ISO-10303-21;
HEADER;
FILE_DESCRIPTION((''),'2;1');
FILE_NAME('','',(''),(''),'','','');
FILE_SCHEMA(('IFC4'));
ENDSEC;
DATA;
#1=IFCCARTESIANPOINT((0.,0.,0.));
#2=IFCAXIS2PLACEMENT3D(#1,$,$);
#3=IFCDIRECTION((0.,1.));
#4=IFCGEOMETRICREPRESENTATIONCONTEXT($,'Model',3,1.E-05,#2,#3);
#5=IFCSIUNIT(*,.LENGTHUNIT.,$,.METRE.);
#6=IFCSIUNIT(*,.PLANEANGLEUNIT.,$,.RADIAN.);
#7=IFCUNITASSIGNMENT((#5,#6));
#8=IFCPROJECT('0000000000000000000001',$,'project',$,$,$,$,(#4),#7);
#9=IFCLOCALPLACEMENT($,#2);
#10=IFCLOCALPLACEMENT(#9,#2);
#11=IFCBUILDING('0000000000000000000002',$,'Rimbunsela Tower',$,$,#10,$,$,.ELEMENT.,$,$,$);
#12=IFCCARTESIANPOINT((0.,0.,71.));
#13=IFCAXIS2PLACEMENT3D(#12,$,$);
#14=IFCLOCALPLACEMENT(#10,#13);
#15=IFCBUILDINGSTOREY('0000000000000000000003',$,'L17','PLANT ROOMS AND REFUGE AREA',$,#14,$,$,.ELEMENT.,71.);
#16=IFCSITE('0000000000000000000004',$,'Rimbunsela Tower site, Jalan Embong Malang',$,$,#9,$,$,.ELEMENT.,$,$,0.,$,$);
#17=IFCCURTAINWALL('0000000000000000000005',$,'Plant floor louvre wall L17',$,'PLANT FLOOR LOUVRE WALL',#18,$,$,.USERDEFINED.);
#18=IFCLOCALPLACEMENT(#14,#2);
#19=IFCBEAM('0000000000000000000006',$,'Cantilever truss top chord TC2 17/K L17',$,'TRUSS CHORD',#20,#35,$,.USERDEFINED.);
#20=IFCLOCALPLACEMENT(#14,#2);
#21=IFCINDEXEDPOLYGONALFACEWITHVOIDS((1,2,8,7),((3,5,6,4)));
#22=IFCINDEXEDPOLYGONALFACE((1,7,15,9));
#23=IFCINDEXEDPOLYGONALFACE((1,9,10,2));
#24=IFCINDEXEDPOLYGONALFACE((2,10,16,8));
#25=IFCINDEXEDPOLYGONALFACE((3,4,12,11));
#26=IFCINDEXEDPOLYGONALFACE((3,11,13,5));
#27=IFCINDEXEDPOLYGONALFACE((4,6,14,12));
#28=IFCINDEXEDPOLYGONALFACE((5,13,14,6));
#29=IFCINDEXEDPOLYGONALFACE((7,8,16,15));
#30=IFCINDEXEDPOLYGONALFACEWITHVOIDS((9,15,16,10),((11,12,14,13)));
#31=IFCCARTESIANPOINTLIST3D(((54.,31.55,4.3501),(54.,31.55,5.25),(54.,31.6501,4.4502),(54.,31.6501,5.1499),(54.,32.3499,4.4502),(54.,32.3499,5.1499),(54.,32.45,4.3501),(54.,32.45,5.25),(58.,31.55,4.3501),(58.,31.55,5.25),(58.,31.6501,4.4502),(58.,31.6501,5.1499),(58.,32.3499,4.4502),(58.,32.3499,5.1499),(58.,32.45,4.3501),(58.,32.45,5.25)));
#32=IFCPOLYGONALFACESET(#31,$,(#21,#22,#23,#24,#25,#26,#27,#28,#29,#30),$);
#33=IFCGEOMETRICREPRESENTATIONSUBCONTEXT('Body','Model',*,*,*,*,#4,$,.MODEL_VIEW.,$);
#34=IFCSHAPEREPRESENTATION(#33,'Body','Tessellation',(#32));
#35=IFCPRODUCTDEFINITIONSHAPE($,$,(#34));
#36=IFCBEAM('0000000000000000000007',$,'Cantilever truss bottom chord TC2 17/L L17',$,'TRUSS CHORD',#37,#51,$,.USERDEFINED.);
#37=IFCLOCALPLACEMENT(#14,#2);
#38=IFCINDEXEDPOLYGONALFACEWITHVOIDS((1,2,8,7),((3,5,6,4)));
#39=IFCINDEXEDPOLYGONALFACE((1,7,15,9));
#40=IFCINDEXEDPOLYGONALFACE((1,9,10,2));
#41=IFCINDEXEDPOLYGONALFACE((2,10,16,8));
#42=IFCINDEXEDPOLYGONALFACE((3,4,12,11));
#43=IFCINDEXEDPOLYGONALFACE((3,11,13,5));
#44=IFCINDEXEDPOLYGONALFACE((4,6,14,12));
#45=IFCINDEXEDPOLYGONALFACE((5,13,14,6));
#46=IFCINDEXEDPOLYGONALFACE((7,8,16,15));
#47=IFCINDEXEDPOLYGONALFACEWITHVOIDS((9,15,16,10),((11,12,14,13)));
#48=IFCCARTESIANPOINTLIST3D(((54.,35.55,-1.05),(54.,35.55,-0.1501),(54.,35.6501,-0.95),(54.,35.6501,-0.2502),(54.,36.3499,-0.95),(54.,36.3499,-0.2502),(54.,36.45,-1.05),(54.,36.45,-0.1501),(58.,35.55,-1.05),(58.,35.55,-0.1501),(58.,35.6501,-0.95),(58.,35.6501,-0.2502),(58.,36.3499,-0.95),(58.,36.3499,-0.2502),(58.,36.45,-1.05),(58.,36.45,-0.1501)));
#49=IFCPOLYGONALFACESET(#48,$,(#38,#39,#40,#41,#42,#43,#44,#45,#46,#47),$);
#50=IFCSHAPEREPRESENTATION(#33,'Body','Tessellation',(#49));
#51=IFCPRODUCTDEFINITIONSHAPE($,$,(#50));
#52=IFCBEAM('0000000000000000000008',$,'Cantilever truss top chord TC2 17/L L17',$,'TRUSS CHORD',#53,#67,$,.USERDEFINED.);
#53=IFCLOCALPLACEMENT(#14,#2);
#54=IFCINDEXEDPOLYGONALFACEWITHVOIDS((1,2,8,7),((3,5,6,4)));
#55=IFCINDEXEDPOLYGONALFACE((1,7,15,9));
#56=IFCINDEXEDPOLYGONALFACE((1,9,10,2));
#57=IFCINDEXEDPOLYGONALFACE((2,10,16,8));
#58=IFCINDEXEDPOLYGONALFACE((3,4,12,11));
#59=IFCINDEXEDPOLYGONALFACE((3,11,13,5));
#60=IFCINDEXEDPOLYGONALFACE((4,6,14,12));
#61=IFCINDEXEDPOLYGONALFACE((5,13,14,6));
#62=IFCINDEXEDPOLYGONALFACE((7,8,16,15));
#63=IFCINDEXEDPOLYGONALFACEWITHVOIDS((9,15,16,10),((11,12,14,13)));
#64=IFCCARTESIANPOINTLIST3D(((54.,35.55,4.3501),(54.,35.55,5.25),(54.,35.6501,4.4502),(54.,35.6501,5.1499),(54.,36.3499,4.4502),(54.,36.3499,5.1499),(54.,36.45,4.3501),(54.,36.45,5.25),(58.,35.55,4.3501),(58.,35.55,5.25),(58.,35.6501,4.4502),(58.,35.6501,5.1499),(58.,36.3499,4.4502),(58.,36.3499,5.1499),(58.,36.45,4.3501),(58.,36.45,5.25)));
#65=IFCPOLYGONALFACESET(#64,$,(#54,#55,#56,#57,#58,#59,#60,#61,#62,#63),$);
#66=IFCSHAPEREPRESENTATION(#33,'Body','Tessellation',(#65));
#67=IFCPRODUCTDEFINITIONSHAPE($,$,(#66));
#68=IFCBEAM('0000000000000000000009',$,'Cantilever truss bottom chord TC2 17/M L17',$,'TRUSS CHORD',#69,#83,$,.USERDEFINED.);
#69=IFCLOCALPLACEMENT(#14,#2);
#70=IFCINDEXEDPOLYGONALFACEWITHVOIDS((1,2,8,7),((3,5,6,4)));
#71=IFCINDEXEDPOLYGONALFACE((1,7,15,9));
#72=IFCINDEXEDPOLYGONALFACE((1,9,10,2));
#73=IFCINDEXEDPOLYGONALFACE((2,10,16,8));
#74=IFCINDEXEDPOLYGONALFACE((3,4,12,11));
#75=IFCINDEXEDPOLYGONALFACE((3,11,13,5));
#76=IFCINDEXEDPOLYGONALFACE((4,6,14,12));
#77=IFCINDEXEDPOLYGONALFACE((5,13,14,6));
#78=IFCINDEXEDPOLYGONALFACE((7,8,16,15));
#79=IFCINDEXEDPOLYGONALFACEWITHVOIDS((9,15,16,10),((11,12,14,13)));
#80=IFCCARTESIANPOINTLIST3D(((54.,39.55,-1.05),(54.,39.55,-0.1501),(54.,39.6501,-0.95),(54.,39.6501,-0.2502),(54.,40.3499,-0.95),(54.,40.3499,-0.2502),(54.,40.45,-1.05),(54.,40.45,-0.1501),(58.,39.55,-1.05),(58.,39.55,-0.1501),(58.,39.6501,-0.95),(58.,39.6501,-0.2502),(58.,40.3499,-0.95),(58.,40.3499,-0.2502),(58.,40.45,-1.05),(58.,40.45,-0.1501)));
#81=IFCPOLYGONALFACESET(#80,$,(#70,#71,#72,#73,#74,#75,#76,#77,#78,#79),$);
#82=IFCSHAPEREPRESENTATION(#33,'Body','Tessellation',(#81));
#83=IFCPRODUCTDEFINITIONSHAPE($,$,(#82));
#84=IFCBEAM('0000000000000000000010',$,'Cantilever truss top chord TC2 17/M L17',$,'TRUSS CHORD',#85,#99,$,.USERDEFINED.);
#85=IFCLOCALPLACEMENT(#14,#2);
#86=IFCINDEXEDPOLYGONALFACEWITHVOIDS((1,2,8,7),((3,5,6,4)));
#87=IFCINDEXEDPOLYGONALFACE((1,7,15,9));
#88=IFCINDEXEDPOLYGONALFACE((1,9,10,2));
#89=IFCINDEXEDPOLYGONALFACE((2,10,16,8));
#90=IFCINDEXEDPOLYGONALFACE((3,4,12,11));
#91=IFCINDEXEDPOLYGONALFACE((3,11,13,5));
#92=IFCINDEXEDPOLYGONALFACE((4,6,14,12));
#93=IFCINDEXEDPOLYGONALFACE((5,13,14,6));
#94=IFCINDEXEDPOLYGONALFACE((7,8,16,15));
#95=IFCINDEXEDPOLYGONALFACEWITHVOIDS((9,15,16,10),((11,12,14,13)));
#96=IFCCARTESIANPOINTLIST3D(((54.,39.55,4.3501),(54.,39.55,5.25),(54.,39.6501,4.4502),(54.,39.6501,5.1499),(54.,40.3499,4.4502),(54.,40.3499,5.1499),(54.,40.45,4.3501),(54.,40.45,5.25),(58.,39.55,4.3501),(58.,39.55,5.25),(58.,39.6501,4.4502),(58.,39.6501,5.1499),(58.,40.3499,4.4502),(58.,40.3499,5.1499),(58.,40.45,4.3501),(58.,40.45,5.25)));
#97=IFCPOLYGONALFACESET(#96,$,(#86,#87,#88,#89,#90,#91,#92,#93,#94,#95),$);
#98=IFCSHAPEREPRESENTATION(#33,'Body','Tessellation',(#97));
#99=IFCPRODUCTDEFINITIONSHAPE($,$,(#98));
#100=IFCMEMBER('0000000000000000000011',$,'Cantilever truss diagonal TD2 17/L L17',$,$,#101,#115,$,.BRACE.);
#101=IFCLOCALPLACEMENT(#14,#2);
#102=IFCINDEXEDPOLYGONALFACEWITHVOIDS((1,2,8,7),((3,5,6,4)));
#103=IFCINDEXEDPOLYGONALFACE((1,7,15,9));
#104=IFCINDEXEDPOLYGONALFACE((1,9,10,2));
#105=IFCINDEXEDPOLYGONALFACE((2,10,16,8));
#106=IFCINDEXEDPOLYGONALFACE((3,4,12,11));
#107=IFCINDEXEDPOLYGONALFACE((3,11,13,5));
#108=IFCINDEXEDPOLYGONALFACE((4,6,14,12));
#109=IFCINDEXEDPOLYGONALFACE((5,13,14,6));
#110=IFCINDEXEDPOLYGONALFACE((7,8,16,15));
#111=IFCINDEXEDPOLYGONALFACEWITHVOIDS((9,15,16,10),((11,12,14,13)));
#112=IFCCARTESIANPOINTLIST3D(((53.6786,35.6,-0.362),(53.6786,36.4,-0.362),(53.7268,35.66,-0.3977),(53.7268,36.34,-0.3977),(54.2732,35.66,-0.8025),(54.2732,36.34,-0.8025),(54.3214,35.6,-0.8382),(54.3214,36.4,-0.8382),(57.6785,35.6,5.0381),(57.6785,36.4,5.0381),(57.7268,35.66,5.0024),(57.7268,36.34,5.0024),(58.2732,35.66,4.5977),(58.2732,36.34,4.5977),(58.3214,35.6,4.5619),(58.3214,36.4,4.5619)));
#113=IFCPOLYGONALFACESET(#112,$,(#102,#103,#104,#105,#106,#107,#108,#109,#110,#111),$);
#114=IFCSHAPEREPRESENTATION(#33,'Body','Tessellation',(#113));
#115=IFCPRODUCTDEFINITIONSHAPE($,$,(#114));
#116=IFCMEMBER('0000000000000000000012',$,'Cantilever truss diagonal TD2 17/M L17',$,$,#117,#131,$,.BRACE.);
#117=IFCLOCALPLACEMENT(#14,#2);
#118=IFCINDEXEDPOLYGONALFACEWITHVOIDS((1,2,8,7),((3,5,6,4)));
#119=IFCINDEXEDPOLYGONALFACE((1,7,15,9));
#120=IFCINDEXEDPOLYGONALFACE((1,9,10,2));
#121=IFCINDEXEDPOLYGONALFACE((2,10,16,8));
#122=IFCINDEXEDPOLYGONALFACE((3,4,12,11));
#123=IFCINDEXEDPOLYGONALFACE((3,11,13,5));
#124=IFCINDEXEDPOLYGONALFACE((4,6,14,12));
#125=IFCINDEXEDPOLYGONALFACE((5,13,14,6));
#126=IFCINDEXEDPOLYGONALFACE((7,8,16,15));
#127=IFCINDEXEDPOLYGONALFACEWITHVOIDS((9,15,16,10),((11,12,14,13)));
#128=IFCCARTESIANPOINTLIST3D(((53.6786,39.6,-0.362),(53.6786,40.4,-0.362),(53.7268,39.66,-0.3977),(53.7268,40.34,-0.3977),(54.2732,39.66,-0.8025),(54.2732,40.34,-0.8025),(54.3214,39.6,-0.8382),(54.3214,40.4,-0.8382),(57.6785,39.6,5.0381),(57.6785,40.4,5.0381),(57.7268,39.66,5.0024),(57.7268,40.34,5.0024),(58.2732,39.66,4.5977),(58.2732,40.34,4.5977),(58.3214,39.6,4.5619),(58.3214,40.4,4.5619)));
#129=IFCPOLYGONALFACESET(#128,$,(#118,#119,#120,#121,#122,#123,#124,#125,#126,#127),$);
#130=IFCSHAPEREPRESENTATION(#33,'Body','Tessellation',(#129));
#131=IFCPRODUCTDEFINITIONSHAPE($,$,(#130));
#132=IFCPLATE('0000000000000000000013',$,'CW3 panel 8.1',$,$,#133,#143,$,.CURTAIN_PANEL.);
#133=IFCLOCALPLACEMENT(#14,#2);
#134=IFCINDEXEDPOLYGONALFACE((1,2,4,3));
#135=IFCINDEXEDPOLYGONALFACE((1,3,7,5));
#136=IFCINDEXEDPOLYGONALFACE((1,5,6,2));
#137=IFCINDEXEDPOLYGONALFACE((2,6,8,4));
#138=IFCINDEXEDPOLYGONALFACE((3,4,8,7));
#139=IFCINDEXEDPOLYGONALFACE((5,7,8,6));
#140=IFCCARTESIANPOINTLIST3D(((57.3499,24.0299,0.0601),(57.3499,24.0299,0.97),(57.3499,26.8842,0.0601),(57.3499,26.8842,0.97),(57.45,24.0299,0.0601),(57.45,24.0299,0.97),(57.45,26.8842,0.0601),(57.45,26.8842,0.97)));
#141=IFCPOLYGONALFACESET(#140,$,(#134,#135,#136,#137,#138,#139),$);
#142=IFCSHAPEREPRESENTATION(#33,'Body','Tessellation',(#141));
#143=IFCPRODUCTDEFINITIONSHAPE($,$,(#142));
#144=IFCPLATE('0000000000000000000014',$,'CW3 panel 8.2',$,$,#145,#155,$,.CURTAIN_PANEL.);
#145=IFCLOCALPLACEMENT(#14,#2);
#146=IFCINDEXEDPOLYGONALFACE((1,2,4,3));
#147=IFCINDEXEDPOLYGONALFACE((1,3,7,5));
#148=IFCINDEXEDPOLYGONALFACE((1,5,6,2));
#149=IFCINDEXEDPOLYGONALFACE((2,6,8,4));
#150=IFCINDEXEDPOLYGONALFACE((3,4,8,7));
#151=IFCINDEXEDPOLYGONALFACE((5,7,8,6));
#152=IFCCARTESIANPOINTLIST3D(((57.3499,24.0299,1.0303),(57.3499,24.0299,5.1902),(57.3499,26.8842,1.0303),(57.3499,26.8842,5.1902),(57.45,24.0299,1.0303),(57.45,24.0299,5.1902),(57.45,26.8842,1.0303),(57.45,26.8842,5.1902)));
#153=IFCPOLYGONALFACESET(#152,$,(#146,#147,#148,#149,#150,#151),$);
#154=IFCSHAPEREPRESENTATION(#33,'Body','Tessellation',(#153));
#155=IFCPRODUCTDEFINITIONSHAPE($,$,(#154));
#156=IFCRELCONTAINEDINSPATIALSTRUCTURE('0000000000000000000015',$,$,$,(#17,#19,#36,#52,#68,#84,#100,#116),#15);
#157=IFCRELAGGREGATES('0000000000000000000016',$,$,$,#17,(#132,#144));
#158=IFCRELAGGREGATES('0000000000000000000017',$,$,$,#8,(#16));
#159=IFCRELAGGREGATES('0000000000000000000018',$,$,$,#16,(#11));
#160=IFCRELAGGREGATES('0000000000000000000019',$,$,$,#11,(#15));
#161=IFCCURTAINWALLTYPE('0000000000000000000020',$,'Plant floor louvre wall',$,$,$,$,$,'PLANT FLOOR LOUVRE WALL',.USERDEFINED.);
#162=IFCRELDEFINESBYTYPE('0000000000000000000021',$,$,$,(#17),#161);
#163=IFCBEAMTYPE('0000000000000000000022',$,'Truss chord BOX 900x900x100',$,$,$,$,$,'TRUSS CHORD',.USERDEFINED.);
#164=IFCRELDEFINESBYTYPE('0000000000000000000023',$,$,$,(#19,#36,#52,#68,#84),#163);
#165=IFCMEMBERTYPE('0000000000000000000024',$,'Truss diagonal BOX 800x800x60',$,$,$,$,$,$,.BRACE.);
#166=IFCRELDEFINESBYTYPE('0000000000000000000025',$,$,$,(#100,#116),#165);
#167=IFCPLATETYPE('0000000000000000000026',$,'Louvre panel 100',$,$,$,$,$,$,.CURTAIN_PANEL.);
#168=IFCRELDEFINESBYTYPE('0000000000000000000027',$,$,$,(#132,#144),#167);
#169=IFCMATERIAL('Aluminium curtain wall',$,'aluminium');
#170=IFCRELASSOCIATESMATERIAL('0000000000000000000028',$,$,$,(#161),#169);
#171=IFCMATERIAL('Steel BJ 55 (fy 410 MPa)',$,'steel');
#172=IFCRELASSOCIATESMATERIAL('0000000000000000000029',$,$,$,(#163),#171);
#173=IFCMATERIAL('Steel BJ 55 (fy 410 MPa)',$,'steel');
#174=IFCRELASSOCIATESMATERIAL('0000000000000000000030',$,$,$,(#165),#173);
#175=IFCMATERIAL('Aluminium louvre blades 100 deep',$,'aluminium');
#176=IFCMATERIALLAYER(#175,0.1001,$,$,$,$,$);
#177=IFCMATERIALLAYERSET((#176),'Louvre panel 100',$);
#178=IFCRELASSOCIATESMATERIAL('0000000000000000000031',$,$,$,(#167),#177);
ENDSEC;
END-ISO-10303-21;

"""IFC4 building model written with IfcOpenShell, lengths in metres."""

from ifc_helpers import new_model, si_unit, direction, frame, origin, origin_2d, place, context, subcontext, project, spatial, rectangle, hollow_rectangle, extrude, material, layer, layer_set, material_profile, profile_set, type_object, element, aggregate, save


model = new_model("IFC4")

# Units and contexts
model_context = context("Model", 3, precision=1e-05, world=origin(), true_north=direction((0.0, 1.0)))
body_context = subcontext(model_context, "Body", "Model", "MODEL_VIEW")
ifc_project = project(units=[si_unit("LENGTHUNIT", "METRE"), si_unit("PLANEANGLEUNIT", "RADIAN")], contexts=[model_context])

# Site, building, storey
site_placement = place(None, origin())
site = spatial("IfcSite", under=ifc_project, at=site_placement, Name="Rimbunsela Tower site, Jalan Embong Malang", CompositionType="ELEMENT", RefElevation=0.0)
building_placement = place(site_placement, origin())
building = spatial("IfcBuilding", under=site, at=building_placement, Name="Rimbunsela Tower", CompositionType="ELEMENT")
storey_placement = place(building_placement, frame((0.0, 0.0, 71.0)))
storey = spatial("IfcBuildingStorey", under=building, at=storey_placement, Name="L17", Description="PLANT ROOMS AND REFUGE AREA", CompositionType="ELEMENT", Elevation=71.0)

# Curtain wall
ifc_material_1 = material(Name="Aluminium curtain wall", Category="aluminium")
curtain_wall_type = type_object("IfcCurtainWallType", Name="Plant floor louvre wall", ElementType="PLANT FLOOR LOUVRE WALL", PredefinedType="USERDEFINED", material=ifc_material_1)
curtain_wall_placement = place(storey_placement, origin())
curtain_wall = element("IfcCurtainWall", 1, at=curtain_wall_placement, inside=storey, type_object=curtain_wall_type, Name="Plant floor louvre wall L17", ObjectType="PLANT FLOOR LOUVRE WALL", PredefinedType="USERDEFINED")

# Beams
ifc_material_2 = material(Name="Steel BJ 55 (fy 410 MPa)", Category="steel")
ifc_material_profile_1 = material_profile(ifc_material_2, hollow_rectangle(XDim=0.8999, YDim=0.8999, WallThickness=0.1001, at=origin_2d()), Name="BOX 900x900x100")
ifc_profile_set_1 = profile_set([ifc_material_profile_1], Name="Steel BJ 55 (fy 410 MPa)")
beam_type_1 = type_object("IfcBeamType", Name="Truss chord BOX 900x900x100", ElementType="TRUSS CHORD", PredefinedType="USERDEFINED", material=ifc_profile_set_1)
for number, where, z_axis, x_axis, name in (
    (2, (54.0, 32.0, 4.8), (1.0, 0.0, 0.0), (0.0, 1.0, 0.0), "Cantilever truss top chord TC2 17/K L17"),
    (3, (54.0, 36.0, -0.6001), (1.0, 0.0, 0.0), (0.0, 1.0, 0.0), "Cantilever truss bottom chord TC2 17/L L17"),
    (4, (54.0, 36.0, 4.8), (1.0, 0.0, 0.0), (0.0, 1.0, 0.0), "Cantilever truss top chord TC2 17/L L17"),
    (5, (54.0, 40.0, -0.6001), (1.0, 0.0, 0.0), (0.0, 1.0, 0.0), "Cantilever truss bottom chord TC2 17/M L17"),
    (6, (54.0, 40.0, 4.8), (1.0, 0.0, 0.0), (0.0, 1.0, 0.0), "Cantilever truss top chord TC2 17/M L17"),
):
    element("IfcBeam", number, at=place(storey_placement, frame(where, z_axis=z_axis, x_axis=x_axis)), inside=storey, type_object=beam_type_1, Name=name, ObjectType="TRUSS CHORD", PredefinedType="USERDEFINED", context=body_context, shape_type="SweptSolid", body=[
        extrude(hollow_rectangle(XDim=0.8999, YDim=0.8999, WallThickness=0.1001, at=origin_2d()), origin(), (0.0, 0.0, 1.0), 4.0),
    ])

# Members
ifc_material_3 = material(Name="Steel BJ 55 (fy 410 MPa)", Category="steel")
ifc_material_profile_2 = material_profile(ifc_material_3, hollow_rectangle(XDim=0.8, YDim=0.8, WallThickness=0.0601, at=origin_2d()), Name="BOX 800x800x60")
ifc_profile_set_2 = profile_set([ifc_material_profile_2], Name="Steel BJ 55 (fy 410 MPa)")
member_type_1 = type_object("IfcMemberType", Name="Truss diagonal BOX 800x800x60", PredefinedType="BRACE", material=ifc_profile_set_2)
for number, where, z_axis, x_axis, name in (
    (7, (54.0, 36.0, -0.6001), (0.595217, 0.0, 0.803565), (0.0, 1.0, 0.0), "Cantilever truss diagonal TD2 17/L L17"),
    (8, (54.0, 40.0, -0.6001), (0.595217, 0.0, 0.803565), (0.0, 1.0, 0.0), "Cantilever truss diagonal TD2 17/M L17"),
):
    element("IfcMember", number, at=place(storey_placement, frame(where, z_axis=z_axis, x_axis=x_axis)), inside=storey, type_object=member_type_1, Name=name, PredefinedType="BRACE", context=body_context, shape_type="SweptSolid", body=[
        extrude(hollow_rectangle(XDim=0.8, YDim=0.8, WallThickness=0.0601, at=origin_2d()), origin(), (0.0, 0.0, 1.0), 6.7202),
    ])

# Plates
ifc_material_4 = material(Name="Aluminium louvre blades 100 deep", Category="aluminium")
ifc_layer = layer(ifc_material_4, 0.1001)
ifc_layer_set = layer_set([ifc_layer], Name="Louvre panel 100")
plate_type = type_object("IfcPlateType", Name="Louvre panel 100", PredefinedType="CURTAIN_PANEL", material=ifc_layer_set)
plate_1_placement = place(storey_placement, frame((57.3999, 25.457, 0.0601), z_axis=(0.0, 0.0, 1.0), x_axis=(0.0, 1.0, 0.0)))
plate_1 = element("IfcPlate", 9, at=plate_1_placement, type_object=plate_type, Name="CW3 panel 8.1", PredefinedType="CURTAIN_PANEL", context=body_context, shape_type="SweptSolid", body=[
    extrude(rectangle(XDim=2.8542, YDim=0.1001, at=origin_2d()), origin(), (0.0, 0.0, 1.0), 0.9099),
])
plate_2_placement = place(storey_placement, frame((57.3999, 25.457, 1.0303), z_axis=(0.0, 0.0, 1.0), x_axis=(0.0, 1.0, 0.0)))
plate_2 = element("IfcPlate", 10, at=plate_2_placement, type_object=plate_type, Name="CW3 panel 8.2", PredefinedType="CURTAIN_PANEL", context=body_context, shape_type="SweptSolid", body=[
    extrude(rectangle(XDim=2.8542, YDim=0.1001, at=origin_2d()), origin(), (0.0, 0.0, 1.0), 4.1599),
])
aggregate(curtain_wall, [plate_1, plate_2])

save(model, "model.ifc")
